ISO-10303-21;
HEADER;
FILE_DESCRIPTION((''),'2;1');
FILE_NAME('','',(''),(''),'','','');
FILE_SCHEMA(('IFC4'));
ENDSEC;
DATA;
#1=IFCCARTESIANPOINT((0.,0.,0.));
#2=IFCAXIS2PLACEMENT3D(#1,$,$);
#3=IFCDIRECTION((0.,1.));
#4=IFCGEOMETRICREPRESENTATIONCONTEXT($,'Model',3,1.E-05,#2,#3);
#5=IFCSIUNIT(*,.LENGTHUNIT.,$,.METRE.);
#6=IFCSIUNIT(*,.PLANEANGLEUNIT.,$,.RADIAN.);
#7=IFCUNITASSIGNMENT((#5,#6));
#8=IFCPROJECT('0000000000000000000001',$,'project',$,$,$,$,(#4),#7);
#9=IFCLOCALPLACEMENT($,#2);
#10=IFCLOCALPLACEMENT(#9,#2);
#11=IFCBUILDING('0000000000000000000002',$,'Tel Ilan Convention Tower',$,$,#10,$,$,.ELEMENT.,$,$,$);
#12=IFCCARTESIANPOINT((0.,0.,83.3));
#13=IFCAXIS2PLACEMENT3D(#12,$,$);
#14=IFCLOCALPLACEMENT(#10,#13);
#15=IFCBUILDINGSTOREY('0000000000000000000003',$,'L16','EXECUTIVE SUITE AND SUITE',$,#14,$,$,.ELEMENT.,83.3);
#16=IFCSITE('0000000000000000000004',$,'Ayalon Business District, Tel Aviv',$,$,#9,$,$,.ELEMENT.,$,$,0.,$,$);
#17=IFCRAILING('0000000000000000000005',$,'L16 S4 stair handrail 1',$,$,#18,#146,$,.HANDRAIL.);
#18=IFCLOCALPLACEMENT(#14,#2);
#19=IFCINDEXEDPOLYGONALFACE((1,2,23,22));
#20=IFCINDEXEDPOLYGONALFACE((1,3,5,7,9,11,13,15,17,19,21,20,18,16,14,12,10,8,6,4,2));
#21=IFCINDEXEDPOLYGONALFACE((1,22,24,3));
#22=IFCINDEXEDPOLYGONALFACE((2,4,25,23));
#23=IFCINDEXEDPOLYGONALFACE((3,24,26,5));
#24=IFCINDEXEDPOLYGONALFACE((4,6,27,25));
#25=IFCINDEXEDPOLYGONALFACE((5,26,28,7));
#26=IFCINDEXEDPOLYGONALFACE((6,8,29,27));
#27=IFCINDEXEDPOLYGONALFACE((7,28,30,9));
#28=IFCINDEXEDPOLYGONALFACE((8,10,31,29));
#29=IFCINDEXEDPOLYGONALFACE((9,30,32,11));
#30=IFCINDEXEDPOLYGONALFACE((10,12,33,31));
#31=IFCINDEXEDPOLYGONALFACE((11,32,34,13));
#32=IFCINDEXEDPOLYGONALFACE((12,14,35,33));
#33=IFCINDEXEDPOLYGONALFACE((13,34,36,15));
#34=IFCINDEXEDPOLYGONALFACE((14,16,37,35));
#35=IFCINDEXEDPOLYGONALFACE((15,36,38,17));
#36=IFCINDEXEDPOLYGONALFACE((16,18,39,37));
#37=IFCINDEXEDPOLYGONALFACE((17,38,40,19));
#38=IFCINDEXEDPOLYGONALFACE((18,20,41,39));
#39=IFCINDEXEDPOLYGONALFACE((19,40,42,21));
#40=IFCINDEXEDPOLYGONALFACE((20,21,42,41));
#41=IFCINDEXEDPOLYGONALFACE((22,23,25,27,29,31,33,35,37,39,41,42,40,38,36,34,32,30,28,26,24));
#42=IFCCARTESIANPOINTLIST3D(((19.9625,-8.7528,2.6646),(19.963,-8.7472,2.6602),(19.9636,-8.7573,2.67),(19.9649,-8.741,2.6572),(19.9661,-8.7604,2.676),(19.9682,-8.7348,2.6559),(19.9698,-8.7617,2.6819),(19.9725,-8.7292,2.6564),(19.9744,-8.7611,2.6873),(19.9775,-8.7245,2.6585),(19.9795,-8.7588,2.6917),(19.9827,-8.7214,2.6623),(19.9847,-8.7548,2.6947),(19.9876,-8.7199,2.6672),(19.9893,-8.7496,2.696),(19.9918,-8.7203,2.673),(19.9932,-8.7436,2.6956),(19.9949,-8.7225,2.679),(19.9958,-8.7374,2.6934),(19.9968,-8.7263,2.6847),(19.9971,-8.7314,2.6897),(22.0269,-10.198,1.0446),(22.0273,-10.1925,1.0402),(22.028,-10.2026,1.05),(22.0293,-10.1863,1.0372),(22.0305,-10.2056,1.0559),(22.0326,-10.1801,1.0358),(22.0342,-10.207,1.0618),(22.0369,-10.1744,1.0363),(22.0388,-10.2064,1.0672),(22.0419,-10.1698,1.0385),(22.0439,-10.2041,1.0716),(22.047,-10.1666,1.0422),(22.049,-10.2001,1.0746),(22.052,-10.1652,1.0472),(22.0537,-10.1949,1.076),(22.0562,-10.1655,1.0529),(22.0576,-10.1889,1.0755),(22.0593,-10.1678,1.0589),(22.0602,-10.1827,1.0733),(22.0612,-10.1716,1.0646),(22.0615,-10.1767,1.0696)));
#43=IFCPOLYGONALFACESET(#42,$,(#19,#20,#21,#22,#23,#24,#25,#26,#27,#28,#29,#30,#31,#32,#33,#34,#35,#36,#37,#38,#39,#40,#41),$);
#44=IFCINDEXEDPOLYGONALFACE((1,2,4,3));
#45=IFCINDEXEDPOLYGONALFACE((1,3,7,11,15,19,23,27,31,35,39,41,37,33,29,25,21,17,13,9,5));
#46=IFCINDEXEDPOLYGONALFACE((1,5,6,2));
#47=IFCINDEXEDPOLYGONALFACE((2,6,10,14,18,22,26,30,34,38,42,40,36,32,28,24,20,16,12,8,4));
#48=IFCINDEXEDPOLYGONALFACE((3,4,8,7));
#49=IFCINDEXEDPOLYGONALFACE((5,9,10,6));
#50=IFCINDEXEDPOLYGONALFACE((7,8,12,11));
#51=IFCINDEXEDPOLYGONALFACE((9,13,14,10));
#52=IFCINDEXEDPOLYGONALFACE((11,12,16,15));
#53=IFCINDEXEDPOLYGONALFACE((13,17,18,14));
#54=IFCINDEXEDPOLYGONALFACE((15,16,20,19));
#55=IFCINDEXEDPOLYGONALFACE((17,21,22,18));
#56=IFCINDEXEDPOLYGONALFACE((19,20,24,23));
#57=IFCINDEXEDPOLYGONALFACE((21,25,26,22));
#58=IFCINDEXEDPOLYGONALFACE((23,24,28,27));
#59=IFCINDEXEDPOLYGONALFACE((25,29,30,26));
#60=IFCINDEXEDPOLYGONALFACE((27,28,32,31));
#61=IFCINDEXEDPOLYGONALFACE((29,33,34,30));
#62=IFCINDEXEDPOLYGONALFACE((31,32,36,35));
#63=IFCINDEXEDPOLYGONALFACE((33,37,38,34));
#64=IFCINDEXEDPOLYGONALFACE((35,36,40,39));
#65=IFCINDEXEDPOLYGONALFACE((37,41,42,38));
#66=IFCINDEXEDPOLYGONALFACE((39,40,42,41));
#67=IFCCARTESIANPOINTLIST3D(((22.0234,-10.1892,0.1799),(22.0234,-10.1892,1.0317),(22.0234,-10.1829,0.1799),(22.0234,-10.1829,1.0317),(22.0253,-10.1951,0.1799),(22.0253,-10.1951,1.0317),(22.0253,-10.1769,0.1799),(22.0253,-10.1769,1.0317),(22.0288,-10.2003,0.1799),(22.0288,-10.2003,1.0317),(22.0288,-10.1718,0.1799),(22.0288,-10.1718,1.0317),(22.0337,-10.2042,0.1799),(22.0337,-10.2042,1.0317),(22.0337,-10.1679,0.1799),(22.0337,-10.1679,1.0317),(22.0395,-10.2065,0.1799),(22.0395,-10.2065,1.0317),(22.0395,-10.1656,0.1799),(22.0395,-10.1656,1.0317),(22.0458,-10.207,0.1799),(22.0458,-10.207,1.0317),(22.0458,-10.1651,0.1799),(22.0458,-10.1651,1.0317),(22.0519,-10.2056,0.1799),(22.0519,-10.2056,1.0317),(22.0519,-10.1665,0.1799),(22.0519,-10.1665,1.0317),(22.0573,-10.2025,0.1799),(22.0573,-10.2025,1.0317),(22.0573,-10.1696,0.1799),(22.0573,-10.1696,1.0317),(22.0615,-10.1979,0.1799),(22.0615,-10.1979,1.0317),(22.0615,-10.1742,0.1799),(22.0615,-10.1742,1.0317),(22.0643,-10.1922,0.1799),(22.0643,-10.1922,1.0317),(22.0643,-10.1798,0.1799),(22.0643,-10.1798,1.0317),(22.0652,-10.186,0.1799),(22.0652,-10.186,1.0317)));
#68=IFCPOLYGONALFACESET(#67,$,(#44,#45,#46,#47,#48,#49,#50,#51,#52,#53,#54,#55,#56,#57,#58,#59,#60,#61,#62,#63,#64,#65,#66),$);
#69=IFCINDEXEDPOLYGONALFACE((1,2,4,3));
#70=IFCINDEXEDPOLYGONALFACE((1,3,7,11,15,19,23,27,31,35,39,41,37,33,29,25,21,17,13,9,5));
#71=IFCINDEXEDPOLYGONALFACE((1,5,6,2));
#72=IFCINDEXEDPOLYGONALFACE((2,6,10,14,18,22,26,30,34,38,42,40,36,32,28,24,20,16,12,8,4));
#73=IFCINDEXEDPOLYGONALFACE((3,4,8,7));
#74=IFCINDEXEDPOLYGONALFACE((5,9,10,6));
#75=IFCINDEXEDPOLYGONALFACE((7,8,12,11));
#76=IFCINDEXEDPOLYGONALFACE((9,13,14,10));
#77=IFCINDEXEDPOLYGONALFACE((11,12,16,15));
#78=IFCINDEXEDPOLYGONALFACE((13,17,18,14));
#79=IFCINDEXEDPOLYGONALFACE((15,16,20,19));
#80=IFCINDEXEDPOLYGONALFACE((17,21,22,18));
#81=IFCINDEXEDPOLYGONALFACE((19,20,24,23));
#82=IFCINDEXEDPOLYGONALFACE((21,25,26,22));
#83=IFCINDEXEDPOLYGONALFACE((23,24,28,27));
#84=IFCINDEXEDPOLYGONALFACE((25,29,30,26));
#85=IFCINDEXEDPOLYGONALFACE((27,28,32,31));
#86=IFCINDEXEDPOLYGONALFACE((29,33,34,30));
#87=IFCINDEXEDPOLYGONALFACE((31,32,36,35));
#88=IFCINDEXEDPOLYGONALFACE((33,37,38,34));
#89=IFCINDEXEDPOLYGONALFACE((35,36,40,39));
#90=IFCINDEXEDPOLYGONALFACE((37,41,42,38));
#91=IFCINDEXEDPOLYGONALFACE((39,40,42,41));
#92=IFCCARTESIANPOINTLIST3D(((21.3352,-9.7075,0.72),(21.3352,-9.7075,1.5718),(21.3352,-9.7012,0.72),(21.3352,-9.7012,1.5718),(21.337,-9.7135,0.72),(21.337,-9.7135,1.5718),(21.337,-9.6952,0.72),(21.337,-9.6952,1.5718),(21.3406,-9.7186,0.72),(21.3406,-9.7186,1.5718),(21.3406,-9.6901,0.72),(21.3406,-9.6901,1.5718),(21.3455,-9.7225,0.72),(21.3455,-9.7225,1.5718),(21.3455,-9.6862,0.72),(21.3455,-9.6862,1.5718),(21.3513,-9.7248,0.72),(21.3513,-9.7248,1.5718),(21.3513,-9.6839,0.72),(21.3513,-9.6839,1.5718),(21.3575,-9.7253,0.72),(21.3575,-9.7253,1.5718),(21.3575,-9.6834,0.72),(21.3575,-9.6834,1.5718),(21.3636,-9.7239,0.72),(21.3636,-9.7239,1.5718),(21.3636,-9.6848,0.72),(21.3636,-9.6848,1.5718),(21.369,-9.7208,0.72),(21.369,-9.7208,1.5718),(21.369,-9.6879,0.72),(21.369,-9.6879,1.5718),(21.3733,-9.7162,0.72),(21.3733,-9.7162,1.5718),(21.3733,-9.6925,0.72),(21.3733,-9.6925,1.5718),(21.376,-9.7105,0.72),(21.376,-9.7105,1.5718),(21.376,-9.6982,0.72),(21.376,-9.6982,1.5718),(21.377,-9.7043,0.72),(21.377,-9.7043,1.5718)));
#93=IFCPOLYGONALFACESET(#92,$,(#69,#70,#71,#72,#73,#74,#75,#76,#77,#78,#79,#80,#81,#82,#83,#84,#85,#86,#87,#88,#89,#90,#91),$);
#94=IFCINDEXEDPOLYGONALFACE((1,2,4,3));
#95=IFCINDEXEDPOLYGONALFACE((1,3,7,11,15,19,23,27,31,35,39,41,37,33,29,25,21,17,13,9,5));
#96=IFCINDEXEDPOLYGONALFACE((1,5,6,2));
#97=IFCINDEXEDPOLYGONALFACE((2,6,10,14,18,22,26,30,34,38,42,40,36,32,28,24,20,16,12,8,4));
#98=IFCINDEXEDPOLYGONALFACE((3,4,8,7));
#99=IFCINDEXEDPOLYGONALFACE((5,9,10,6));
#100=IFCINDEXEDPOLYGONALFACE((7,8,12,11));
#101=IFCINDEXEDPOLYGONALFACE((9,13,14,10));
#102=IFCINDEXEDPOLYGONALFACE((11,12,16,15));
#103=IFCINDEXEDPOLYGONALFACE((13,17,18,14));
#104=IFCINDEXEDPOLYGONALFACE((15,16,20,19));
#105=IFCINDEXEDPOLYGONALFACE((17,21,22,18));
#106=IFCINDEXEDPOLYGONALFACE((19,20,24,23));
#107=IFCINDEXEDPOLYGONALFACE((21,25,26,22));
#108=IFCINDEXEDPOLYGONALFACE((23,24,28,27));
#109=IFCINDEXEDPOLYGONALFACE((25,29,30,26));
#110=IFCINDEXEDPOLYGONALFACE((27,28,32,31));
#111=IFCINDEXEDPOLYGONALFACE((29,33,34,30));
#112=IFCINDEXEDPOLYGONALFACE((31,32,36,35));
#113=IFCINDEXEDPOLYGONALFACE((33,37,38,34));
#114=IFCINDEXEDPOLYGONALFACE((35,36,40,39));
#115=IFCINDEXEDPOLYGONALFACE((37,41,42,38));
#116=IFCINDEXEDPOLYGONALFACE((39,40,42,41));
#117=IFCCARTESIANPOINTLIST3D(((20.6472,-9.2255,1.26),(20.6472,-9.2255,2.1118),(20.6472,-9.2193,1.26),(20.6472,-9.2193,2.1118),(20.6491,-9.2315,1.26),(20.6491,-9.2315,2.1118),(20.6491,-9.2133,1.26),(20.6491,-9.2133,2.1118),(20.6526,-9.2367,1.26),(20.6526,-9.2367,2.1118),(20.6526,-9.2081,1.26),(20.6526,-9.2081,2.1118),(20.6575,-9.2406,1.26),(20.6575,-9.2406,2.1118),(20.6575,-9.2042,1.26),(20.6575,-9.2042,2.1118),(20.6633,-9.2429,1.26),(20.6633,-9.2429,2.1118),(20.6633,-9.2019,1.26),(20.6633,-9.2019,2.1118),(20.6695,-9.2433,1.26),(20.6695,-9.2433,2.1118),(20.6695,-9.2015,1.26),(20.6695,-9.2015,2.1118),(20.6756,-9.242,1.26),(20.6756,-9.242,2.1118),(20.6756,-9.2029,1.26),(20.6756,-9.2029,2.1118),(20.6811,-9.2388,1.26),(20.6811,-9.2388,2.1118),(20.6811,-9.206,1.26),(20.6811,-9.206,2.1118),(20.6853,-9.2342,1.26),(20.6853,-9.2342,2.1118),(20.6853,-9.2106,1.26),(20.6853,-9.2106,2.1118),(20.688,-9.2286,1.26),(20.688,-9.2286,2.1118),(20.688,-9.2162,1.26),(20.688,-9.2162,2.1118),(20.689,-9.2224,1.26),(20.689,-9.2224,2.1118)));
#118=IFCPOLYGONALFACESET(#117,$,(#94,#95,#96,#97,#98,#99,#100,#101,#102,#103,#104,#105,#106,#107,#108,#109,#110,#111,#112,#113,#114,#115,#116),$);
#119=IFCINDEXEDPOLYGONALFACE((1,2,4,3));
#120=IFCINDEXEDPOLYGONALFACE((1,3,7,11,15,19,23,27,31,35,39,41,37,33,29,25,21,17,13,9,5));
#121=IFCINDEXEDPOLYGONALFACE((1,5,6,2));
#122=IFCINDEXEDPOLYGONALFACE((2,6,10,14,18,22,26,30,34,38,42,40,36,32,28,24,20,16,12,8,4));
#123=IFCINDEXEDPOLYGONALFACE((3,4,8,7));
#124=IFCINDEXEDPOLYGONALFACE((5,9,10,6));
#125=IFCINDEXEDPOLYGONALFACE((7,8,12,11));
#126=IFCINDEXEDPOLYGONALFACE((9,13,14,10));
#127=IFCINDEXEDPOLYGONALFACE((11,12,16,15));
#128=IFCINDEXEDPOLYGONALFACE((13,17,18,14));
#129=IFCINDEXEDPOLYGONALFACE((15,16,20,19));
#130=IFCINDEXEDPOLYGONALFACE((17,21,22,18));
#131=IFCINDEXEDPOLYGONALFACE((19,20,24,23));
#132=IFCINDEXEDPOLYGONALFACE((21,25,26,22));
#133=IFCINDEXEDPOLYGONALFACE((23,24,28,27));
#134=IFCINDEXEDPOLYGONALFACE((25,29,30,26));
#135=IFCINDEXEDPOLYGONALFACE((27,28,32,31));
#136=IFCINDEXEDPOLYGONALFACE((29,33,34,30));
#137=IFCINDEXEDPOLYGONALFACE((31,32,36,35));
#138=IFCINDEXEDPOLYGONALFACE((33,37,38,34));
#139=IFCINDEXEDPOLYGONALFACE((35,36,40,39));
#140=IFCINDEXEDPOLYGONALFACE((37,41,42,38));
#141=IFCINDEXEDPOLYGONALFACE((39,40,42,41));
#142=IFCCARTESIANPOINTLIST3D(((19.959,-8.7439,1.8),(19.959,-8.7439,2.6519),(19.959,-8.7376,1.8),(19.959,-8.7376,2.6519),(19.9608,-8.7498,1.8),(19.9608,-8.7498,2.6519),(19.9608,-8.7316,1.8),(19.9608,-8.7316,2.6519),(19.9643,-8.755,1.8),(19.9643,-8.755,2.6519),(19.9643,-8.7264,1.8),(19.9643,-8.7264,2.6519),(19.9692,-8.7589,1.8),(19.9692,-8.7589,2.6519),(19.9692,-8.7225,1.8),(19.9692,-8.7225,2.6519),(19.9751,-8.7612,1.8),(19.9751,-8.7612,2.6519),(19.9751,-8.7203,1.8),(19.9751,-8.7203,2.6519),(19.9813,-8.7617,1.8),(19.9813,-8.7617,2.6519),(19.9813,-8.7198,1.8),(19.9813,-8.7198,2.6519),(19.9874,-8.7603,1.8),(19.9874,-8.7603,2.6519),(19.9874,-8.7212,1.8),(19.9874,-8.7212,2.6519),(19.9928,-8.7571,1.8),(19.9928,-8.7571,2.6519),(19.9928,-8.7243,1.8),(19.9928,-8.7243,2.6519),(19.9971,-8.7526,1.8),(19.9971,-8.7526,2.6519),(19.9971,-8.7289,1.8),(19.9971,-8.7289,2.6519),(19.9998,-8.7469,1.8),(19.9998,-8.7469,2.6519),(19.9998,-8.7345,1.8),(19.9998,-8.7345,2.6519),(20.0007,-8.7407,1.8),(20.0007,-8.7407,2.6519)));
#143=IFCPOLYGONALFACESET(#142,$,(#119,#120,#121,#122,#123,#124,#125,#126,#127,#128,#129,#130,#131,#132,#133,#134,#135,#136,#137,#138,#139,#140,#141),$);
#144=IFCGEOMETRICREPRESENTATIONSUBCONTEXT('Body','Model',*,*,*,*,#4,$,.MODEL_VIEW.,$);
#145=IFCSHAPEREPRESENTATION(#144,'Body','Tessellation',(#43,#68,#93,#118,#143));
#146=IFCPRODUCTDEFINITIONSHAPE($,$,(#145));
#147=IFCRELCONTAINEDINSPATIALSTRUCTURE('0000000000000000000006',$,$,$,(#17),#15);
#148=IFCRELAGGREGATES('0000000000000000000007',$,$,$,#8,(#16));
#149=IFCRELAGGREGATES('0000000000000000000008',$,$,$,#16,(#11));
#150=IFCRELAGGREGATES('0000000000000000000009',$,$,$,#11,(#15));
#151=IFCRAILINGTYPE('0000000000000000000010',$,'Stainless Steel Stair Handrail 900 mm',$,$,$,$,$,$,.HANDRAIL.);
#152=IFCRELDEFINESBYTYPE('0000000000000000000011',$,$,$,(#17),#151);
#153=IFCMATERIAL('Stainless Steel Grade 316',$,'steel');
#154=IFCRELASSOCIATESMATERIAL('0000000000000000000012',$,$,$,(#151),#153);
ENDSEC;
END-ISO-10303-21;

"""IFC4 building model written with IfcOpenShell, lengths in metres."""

from ifc_helpers import new_model, si_unit, direction, frame, origin, origin_2d, place, context, subcontext, project, spatial, circle, extrude, material, type_object, element, save


model = new_model("IFC4")

# Units and contexts
model_context = context("Model", 3, precision=1e-05, world=origin(), true_north=direction((0.0, 1.0)))
body_context = subcontext(model_context, "Body", "Model", "MODEL_VIEW")
ifc_project = project(units=[si_unit("LENGTHUNIT", "METRE"), si_unit("PLANEANGLEUNIT", "RADIAN")], contexts=[model_context])

# Site, building, storey
site_placement = place(None, origin())
site = spatial("IfcSite", under=ifc_project, at=site_placement, Name="Ayalon Business District, Tel Aviv", CompositionType="ELEMENT", RefElevation=0.0)
building_placement = place(site_placement, origin())
building = spatial("IfcBuilding", under=site, at=building_placement, Name="Tel Ilan Convention Tower", CompositionType="ELEMENT")
storey_placement = place(building_placement, frame((0.0, 0.0, 83.3)))
storey = spatial("IfcBuildingStorey", under=building, at=storey_placement, Name="L16", Description="EXECUTIVE SUITE AND SUITE", CompositionType="ELEMENT", Elevation=83.3)

# Railing
ifc_material_1 = material(Name="Stainless Steel Grade 316", Category="steel")
railing_type_1 = type_object("IfcRailingType", Name="Stainless Steel Stair Handrail 900 mm", PredefinedType="HANDRAIL", material=ifc_material_1)
railing_1_placement = place(storey_placement, frame((22.0442, -10.186, 0.1799)))
element("IfcRailing", 1, at=railing_1_placement, inside=storey, type_object=railing_type_1, Name="L16 S4 stair handrail 1", PredefinedType="HANDRAIL", context=body_context, shape_type="SweptSolid", body=[
    extrude(circle(Radius=0.0239, at=origin_2d()), frame((0.0, 0.0, 0.876), z_axis=(-0.689083, 0.482423, 0.54077), x_axis=(-0.573514, -0.819196, 0.0)), (0.0, 0.0, 1.0), 2.9958),
    extrude(circle(Radius=0.021, at=origin_2d()), origin(), (0.0, 0.0, 1.0), 0.8518),
    extrude(circle(Radius=0.021, at=origin_2d()), frame((-0.6882, 0.4817, 0.54)), (0.0, 0.0, 1.0), 0.8518),
    extrude(circle(Radius=0.021, at=origin_2d()), frame((-1.3762, 0.9636, 1.0801)), (0.0, 0.0, 1.0), 0.8518),
    extrude(circle(Radius=0.021, at=origin_2d()), frame((-2.0645, 1.4453, 1.6201)), (0.0, 0.0, 1.0), 0.8518),
])

save(model, "model.ifc")
